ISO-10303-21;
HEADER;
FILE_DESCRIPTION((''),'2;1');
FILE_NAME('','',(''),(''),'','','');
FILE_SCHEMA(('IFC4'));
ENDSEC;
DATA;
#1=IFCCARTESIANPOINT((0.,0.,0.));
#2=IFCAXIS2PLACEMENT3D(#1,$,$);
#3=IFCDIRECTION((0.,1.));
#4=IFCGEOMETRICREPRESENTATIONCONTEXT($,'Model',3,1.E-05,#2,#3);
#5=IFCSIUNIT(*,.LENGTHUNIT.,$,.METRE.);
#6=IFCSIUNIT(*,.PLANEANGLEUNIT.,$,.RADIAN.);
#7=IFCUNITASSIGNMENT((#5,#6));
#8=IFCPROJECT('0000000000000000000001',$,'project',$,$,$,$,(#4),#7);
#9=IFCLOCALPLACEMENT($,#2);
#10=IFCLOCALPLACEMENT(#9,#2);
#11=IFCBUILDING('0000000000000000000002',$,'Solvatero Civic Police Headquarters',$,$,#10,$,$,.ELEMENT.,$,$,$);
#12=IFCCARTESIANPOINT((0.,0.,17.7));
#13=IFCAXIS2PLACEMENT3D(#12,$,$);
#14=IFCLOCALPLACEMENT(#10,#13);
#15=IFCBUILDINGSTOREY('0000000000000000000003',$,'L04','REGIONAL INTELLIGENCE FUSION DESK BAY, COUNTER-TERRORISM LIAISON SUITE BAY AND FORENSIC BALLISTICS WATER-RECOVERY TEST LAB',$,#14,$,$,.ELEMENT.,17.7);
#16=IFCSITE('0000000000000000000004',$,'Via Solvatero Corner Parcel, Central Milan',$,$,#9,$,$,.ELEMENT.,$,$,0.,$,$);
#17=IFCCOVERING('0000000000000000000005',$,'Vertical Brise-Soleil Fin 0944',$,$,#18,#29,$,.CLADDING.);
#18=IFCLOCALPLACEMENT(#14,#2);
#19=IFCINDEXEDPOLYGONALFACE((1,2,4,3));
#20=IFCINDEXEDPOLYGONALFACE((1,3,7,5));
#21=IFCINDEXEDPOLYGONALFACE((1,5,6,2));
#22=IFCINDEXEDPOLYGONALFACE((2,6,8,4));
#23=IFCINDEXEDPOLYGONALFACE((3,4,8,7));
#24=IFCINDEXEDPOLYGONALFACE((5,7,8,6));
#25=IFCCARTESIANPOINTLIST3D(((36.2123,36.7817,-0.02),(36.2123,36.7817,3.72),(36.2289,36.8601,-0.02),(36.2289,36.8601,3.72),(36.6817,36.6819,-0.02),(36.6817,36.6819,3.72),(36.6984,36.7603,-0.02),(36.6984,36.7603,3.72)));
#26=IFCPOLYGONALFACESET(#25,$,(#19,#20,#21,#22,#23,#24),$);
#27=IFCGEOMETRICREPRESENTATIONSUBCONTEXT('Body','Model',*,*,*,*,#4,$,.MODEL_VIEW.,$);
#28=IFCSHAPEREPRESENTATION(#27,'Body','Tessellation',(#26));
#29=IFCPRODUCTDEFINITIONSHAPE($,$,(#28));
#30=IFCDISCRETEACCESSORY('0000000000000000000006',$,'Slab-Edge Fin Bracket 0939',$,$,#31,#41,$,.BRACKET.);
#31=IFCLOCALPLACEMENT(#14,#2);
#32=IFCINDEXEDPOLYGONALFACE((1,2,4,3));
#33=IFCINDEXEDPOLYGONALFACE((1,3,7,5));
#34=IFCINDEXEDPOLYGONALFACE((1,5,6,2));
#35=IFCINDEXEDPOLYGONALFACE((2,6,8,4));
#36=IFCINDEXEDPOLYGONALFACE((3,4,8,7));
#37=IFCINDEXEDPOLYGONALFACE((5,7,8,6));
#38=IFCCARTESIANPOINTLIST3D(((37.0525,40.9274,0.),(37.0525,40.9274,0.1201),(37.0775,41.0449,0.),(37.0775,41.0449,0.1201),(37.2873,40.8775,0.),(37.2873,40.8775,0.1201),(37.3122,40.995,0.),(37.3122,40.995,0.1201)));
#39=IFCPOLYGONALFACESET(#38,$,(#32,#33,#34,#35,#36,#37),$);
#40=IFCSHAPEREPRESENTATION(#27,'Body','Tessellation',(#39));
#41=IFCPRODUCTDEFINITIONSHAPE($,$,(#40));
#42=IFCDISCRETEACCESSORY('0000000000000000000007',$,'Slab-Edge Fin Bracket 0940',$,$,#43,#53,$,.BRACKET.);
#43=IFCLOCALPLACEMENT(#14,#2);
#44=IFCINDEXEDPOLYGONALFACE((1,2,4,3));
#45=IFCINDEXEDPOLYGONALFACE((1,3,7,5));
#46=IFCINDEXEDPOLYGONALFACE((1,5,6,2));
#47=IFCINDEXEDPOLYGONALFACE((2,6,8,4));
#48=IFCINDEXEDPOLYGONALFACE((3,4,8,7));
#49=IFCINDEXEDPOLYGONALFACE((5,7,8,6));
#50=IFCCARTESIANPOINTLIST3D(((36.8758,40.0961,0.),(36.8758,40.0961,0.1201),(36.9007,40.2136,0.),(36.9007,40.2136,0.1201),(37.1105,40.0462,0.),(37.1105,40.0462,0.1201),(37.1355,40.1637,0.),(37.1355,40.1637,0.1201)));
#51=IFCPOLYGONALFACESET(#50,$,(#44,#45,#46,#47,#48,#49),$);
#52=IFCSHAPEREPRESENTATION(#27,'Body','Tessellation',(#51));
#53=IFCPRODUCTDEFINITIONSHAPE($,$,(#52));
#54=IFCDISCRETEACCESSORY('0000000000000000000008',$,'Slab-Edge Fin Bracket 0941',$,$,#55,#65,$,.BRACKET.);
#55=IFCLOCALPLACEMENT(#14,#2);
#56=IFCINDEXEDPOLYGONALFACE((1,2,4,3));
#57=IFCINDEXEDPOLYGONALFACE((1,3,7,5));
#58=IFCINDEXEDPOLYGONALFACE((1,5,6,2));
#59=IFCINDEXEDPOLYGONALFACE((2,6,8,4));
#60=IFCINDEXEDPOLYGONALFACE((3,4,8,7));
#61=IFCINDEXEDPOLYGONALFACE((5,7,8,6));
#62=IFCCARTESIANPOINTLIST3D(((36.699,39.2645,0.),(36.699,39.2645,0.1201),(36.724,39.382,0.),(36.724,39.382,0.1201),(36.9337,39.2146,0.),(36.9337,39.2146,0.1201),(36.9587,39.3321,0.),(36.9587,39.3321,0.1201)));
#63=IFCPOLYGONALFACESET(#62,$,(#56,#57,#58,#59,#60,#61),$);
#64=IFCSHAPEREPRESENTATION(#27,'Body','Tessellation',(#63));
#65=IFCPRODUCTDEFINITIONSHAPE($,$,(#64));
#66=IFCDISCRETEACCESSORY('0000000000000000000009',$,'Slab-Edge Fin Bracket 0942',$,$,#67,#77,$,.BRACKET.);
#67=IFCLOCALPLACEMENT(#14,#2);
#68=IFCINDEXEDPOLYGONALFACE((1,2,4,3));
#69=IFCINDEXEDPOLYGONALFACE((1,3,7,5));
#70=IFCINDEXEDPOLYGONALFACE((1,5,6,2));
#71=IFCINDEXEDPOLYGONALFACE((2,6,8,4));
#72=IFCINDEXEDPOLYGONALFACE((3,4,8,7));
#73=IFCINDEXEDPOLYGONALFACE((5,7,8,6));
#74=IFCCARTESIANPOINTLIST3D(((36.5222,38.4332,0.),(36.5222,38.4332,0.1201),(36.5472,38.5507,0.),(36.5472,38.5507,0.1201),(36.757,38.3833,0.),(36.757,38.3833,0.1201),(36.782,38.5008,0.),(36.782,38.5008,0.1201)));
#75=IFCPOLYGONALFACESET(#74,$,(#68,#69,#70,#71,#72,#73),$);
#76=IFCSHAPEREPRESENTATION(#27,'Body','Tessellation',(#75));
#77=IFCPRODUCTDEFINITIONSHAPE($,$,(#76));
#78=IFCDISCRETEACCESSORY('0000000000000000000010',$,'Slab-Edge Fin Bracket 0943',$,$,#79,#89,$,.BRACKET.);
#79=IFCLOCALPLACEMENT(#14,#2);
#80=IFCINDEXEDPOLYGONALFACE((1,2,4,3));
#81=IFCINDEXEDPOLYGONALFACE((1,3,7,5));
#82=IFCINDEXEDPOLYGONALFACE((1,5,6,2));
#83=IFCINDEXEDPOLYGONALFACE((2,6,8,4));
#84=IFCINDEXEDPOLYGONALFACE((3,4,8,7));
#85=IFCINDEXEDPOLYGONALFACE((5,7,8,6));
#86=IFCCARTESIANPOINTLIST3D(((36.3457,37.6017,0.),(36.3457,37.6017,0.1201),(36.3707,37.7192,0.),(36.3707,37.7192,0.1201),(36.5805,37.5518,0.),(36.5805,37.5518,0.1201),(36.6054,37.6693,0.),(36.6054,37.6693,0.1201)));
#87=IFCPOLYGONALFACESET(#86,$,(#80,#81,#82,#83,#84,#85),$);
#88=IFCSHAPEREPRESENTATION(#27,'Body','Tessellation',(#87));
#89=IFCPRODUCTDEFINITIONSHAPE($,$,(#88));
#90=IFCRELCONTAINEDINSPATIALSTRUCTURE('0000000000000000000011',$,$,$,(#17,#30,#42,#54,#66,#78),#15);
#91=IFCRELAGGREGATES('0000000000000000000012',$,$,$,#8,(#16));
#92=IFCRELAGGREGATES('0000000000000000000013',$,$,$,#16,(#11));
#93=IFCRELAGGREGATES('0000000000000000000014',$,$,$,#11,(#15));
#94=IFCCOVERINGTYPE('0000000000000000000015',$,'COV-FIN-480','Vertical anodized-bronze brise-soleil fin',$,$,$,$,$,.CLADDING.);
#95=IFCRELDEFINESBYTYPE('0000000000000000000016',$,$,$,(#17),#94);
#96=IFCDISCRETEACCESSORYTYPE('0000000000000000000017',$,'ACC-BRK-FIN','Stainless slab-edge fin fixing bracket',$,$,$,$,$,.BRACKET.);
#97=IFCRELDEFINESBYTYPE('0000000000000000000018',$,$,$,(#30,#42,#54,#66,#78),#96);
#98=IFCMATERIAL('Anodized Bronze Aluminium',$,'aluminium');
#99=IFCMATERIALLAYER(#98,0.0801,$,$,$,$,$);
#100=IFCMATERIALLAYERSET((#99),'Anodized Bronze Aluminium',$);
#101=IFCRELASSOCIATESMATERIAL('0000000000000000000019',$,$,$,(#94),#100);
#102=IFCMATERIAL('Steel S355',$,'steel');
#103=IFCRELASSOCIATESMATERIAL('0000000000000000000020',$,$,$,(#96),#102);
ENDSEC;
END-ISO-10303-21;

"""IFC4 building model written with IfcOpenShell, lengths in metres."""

from ifc_helpers import new_model, si_unit, direction, frame, origin, origin_2d, place, context, subcontext, project, spatial, rectangle, extrude, material, layer, layer_set, type_object, element, save


model = new_model("IFC4")

# Units and contexts
model_context = context("Model", 3, precision=1e-05, world=origin(), true_north=direction((0.0, 1.0)))
body_context = subcontext(model_context, "Body", "Model", "MODEL_VIEW")
ifc_project = project(units=[si_unit("LENGTHUNIT", "METRE"), si_unit("PLANEANGLEUNIT", "RADIAN")], contexts=[model_context])

# Site, building, storey
site_placement = place(None, origin())
site = spatial("IfcSite", under=ifc_project, at=site_placement, Name="Via Solvatero Corner Parcel, Central Milan", CompositionType="ELEMENT", RefElevation=0.0)
building_placement = place(site_placement, origin())
building = spatial("IfcBuilding", under=site, at=building_placement, Name="Solvatero Civic Police Headquarters", CompositionType="ELEMENT")
storey_placement = place(building_placement, frame((0.0, 0.0, 17.7)))
storey = spatial("IfcBuildingStorey", under=building, at=storey_placement, Name="L04", Description="REGIONAL INTELLIGENCE FUSION DESK BAY, COUNTER-TERRORISM LIAISON SUITE BAY AND FORENSIC BALLISTICS WATER-RECOVERY TEST LAB", CompositionType="ELEMENT", Elevation=17.7)

# Shared definitions
ifc_material_1 = material(Name="Anodized Bronze Aluminium", Category="aluminium")

# Covering
ifc_layer_1 = layer(ifc_material_1, 0.0801)
ifc_layer_set_1 = layer_set([ifc_layer_1], Name="Anodized Bronze Aluminium")
covering_type = type_object("IfcCoveringType", Name="COV-FIN-480", Description="Vertical anodized-bronze brise-soleil fin", PredefinedType="CLADDING", material=ifc_layer_set_1)
for number, where, z_axis, x_axis, name in (
    (1, (36.4553, 36.771, -0.02), (0.0, 0.0, 1.0), (-0.207912, -0.978148, 0.0), "Vertical Brise-Soleil Fin 0944"),
):
    element("IfcCovering", number, at=place(storey_placement, frame(where, z_axis=z_axis, x_axis=x_axis)), inside=storey, type_object=covering_type, Name=name, PredefinedType="CLADDING", context=body_context, shape_type="SweptSolid", body=[
        extrude(rectangle(XDim=0.0801, YDim=0.48, at=origin_2d()), origin(), (0.0, 0.0, 1.0), 3.74),
    ])

# Discrete accessories
ifc_material_2 = material(Name="Steel S355", Category="steel")
discrete_accessory_type = type_object("IfcDiscreteAccessoryType", Name="ACC-BRK-FIN", Description="Stainless slab-edge fin fixing bracket", PredefinedType="BRACKET", material=ifc_material_2)
for number, where, z_axis, x_axis, name in (
    (2, (37.1824, 40.9612, 0.0), (0.0, 0.0, 1.0), (-0.207912, -0.978148, 0.0), "Slab-Edge Fin Bracket 0939"),
    (3, (37.0056, 40.1299, 0.0), (0.0, 0.0, 1.0), (-0.207912, -0.978148, 0.0), "Slab-Edge Fin Bracket 0940"),
    (4, (36.8289, 39.2983, 0.0), (0.0, 0.0, 1.0), (-0.207912, -0.978148, 0.0), "Slab-Edge Fin Bracket 0941"),
    (5, (36.6521, 38.467, 0.0), (0.0, 0.0, 1.0), (-0.207912, -0.978148, 0.0), "Slab-Edge Fin Bracket 0942"),
    (6, (36.4756, 37.6355, 0.0), (0.0, 0.0, 1.0), (-0.207912, -0.978148, 0.0), "Slab-Edge Fin Bracket 0943"),
):
    element("IfcDiscreteAccessory", number, at=place(storey_placement, frame(where, z_axis=z_axis, x_axis=x_axis)), inside=storey, type_object=discrete_accessory_type, Name=name, PredefinedType="BRACKET", context=body_context, shape_type="SweptSolid", body=[
        extrude(rectangle(XDim=0.1201, YDim=0.24, at=origin_2d()), origin(), (0.0, 0.0, 1.0), 0.1201),
    ])

save(model, "model.ifc")
